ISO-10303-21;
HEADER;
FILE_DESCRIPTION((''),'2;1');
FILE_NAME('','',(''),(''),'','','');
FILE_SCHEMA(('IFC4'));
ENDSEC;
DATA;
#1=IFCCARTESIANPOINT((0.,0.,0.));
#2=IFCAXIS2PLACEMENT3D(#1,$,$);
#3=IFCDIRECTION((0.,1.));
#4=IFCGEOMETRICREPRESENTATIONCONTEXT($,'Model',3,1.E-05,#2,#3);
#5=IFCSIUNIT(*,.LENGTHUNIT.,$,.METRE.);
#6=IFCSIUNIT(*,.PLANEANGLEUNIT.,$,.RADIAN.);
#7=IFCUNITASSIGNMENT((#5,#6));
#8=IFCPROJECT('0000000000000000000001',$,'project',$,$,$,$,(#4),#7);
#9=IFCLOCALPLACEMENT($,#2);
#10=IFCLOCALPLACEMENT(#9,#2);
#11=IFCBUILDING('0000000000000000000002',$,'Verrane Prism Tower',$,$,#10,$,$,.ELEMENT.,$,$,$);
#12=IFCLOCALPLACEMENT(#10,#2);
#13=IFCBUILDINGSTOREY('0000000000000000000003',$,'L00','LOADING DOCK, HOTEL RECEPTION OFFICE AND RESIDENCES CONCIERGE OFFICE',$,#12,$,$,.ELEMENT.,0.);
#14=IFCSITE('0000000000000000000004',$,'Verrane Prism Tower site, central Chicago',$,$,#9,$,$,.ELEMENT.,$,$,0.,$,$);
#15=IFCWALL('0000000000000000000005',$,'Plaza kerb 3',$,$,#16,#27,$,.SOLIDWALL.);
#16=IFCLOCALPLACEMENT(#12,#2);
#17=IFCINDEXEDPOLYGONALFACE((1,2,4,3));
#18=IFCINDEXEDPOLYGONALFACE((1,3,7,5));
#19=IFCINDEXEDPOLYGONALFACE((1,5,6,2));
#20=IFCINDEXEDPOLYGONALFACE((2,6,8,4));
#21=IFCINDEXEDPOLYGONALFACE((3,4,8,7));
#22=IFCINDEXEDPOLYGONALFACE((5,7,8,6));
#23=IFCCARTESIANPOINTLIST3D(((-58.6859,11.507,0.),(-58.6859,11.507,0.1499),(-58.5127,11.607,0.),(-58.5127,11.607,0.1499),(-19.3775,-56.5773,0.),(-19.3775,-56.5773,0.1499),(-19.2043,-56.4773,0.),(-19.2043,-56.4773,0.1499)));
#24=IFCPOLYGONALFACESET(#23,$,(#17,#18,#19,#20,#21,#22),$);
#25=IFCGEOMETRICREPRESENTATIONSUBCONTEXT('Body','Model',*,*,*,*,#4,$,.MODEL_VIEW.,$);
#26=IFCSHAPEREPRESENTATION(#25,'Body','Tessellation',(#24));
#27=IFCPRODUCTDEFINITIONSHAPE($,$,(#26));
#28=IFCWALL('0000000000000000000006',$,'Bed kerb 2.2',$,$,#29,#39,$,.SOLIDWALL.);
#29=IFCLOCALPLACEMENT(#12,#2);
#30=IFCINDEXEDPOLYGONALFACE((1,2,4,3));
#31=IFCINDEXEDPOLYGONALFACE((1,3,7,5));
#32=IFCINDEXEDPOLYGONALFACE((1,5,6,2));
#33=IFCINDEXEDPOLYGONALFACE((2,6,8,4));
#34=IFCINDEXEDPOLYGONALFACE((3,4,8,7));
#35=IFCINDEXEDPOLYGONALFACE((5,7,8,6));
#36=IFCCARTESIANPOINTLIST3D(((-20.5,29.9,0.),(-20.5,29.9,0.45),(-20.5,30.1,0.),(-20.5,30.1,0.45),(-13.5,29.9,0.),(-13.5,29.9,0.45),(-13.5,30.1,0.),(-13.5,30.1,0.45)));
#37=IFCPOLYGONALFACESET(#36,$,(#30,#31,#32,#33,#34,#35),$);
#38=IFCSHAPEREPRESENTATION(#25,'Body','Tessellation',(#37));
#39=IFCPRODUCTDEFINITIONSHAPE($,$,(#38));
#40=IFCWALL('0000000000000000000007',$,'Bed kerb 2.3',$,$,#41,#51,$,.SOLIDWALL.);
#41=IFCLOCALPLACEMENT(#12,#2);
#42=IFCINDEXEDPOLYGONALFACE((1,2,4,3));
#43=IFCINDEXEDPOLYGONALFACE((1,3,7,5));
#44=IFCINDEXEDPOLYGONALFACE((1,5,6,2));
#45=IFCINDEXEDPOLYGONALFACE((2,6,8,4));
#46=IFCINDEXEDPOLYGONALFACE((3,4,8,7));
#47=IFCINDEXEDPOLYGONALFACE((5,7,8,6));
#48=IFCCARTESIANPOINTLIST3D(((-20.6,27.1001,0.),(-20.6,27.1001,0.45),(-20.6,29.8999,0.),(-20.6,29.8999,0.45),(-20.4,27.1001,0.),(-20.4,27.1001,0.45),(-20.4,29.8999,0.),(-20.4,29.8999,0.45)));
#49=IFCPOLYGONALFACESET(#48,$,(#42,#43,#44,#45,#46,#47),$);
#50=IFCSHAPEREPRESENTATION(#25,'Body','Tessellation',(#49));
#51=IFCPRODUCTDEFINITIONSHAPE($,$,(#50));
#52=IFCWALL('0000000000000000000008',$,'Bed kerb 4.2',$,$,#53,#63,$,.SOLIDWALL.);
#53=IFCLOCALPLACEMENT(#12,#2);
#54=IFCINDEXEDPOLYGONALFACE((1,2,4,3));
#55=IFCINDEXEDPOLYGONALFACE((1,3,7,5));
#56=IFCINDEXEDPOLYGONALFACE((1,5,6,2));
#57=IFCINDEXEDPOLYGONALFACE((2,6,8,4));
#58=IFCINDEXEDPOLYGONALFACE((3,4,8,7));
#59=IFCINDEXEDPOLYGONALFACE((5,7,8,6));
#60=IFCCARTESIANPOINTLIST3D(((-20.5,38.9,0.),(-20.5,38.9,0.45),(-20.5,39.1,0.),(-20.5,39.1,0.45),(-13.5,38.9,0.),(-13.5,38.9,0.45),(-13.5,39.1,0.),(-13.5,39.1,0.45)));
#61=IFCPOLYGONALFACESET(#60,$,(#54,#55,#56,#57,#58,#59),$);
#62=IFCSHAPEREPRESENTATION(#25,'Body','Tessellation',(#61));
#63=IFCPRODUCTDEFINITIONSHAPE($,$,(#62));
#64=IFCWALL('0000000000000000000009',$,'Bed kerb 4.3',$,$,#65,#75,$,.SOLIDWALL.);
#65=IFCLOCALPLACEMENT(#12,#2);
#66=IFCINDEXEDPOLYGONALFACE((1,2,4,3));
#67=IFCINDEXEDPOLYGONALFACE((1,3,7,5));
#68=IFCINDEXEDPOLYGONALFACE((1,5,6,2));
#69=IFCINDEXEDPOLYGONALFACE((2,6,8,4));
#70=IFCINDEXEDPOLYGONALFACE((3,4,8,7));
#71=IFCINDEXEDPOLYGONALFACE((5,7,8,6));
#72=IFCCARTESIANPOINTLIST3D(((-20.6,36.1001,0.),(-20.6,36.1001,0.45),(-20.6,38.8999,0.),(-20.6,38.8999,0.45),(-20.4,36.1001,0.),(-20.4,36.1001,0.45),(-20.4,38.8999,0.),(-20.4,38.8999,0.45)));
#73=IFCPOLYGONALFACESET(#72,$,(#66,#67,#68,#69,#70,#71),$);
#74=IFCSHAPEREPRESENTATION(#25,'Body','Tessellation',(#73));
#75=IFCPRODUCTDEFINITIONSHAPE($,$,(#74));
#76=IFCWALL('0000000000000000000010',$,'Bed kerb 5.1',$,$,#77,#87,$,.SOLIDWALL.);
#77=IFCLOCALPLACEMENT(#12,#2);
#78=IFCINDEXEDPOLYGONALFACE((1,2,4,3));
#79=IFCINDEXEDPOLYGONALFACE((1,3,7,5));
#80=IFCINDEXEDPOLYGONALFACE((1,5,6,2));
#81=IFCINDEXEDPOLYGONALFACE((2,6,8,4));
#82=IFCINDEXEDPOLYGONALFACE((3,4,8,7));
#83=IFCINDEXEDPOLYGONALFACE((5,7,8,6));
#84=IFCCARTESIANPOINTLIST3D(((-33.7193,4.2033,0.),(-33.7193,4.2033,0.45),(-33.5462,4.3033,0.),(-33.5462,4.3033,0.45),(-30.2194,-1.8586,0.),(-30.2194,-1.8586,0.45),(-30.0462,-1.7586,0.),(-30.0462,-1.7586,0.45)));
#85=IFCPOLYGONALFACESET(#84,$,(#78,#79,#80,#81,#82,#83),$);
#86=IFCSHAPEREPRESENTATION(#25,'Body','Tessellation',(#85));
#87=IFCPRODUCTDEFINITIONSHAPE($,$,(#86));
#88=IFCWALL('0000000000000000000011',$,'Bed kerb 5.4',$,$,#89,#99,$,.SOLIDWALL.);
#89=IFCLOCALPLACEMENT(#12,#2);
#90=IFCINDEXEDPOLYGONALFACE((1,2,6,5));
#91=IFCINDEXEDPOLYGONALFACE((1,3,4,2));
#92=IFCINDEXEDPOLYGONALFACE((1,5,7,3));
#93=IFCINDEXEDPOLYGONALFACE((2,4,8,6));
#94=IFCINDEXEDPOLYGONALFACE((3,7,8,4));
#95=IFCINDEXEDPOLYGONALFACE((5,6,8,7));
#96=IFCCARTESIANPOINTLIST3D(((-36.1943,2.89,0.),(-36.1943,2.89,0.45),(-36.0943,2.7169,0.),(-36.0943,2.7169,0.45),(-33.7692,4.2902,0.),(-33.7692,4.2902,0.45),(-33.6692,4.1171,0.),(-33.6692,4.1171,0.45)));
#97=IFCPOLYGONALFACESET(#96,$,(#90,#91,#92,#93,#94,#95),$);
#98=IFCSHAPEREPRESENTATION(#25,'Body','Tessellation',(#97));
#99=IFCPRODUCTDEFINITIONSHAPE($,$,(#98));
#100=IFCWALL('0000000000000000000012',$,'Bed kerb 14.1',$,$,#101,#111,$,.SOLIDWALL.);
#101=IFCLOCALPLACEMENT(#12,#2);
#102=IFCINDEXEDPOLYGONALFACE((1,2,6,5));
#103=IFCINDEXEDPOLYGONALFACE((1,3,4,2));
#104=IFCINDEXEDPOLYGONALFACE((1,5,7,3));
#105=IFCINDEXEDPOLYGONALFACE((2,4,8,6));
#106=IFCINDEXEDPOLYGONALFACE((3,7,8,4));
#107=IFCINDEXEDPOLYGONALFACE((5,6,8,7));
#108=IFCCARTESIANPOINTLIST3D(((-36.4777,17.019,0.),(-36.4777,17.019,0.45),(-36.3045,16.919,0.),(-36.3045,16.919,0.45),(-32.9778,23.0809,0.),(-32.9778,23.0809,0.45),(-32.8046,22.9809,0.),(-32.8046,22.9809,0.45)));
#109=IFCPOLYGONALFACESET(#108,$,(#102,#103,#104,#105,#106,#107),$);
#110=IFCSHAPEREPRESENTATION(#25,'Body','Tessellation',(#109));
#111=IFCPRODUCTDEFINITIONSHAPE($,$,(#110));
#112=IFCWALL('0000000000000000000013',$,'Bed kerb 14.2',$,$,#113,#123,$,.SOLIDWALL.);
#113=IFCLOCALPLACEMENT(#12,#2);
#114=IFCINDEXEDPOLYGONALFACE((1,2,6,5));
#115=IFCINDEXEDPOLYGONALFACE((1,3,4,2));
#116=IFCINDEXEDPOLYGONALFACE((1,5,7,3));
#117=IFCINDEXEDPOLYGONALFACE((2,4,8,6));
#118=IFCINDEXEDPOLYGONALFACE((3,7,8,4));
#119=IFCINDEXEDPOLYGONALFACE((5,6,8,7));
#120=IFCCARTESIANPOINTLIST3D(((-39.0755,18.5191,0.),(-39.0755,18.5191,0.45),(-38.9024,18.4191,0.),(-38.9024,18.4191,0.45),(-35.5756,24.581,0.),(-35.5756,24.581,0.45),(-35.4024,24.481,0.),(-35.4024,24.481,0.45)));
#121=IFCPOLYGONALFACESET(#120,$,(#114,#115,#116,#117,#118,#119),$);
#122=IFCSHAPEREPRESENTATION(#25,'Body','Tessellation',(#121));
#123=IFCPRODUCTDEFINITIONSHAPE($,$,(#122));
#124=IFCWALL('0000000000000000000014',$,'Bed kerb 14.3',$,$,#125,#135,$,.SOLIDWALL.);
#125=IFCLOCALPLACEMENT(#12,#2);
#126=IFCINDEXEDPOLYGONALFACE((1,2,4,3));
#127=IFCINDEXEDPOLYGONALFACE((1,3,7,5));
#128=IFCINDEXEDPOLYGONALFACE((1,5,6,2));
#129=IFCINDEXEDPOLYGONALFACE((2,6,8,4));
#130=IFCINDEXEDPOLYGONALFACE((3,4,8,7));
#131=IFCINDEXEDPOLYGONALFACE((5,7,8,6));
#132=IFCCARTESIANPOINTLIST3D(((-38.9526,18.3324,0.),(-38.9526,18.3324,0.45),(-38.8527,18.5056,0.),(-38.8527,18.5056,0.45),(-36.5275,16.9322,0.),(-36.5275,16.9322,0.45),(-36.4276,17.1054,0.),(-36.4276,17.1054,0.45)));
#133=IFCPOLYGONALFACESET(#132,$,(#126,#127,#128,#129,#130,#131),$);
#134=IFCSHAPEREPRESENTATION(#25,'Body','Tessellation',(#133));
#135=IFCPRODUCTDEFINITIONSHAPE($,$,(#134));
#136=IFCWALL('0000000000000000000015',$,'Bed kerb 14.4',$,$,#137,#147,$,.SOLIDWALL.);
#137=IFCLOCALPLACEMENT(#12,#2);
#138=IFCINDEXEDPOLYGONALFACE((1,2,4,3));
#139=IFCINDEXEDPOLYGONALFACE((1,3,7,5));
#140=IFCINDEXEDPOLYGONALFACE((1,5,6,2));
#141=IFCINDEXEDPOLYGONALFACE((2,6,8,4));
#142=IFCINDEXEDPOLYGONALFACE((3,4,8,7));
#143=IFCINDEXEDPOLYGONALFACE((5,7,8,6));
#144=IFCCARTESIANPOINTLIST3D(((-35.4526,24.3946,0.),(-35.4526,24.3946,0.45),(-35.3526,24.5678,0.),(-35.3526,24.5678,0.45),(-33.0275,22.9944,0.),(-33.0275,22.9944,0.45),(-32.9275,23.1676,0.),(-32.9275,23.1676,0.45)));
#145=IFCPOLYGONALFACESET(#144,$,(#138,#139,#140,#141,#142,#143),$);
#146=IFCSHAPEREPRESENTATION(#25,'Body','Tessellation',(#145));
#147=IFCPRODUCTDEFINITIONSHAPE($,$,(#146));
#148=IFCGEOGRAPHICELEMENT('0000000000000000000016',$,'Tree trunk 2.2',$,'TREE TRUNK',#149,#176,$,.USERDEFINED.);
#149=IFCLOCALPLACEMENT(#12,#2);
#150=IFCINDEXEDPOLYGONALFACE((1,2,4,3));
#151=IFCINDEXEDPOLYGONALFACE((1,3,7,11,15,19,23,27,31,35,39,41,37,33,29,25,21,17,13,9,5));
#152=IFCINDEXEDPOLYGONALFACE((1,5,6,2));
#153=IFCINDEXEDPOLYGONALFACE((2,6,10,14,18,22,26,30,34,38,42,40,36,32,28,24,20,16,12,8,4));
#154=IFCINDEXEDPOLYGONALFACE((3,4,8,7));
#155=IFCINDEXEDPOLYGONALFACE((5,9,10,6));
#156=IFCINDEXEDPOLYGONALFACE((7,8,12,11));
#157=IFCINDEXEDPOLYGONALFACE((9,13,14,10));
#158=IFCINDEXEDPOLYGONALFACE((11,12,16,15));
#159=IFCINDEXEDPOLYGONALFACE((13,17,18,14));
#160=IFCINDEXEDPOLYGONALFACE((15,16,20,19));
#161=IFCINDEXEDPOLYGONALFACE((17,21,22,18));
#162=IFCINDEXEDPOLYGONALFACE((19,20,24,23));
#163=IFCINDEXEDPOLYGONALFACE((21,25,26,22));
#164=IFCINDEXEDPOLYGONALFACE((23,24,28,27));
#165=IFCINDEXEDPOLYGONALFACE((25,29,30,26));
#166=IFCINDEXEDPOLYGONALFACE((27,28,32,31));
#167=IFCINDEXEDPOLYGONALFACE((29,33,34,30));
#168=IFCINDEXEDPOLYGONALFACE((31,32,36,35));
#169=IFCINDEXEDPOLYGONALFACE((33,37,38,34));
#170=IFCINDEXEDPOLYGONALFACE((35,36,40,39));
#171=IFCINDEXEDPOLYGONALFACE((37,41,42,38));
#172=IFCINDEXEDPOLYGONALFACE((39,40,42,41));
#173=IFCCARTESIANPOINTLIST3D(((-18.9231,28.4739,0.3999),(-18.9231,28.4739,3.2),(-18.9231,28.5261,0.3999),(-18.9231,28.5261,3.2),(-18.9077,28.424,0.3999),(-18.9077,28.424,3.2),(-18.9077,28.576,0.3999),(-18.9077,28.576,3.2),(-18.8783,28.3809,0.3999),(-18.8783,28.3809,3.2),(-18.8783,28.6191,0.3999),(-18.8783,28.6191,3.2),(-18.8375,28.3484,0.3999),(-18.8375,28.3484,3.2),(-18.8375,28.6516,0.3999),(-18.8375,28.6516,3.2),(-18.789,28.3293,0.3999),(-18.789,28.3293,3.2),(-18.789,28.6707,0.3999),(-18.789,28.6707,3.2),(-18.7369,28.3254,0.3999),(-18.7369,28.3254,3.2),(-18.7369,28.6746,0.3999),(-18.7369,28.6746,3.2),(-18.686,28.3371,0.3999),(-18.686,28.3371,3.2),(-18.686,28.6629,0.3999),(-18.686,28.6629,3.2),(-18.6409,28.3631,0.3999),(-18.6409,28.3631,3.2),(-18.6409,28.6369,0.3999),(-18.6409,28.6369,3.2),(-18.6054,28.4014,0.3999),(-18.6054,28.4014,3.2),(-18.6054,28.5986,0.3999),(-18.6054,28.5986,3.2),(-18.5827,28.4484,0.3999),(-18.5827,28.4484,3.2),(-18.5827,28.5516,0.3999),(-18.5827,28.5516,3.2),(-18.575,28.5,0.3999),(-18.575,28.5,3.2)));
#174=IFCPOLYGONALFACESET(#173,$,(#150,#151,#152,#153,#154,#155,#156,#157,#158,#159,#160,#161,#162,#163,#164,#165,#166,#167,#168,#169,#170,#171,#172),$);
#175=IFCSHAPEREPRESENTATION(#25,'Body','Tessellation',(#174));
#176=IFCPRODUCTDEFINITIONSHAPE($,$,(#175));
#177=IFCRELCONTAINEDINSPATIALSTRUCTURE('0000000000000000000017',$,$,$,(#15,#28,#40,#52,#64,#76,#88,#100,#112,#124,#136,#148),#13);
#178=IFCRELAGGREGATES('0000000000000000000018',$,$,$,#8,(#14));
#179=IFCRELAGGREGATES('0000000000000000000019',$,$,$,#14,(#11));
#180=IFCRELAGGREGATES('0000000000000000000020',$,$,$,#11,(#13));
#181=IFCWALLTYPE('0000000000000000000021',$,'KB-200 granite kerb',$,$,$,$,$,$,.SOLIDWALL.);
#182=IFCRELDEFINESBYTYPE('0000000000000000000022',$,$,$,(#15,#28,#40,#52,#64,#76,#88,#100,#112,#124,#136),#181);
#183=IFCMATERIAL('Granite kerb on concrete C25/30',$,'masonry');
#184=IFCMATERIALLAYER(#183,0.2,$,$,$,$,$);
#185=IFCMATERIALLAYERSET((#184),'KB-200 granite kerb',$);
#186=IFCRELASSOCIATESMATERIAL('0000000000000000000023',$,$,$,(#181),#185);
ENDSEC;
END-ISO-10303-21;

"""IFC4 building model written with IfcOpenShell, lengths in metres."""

from ifc_helpers import new_model, si_unit, direction, frame, frame_2d, origin, origin_2d, place, context, subcontext, project, spatial, rectangle, circle, extrude, material, layer, layer_set, type_object, element, save


model = new_model("IFC4")

# Units and contexts
model_context = context("Model", 3, precision=1e-05, world=origin(), true_north=direction((0.0, 1.0)))
body_context = subcontext(model_context, "Body", "Model", "MODEL_VIEW")
ifc_project = project(units=[si_unit("LENGTHUNIT", "METRE"), si_unit("PLANEANGLEUNIT", "RADIAN")], contexts=[model_context])

# Site, building, storey
site_placement = place(None, origin())
site = spatial("IfcSite", under=ifc_project, at=site_placement, Name="Verrane Prism Tower site, central Chicago", CompositionType="ELEMENT", RefElevation=0.0)
building_placement = place(site_placement, origin())
building = spatial("IfcBuilding", under=site, at=building_placement, Name="Verrane Prism Tower", CompositionType="ELEMENT")
storey_placement = place(building_placement, origin())
storey = spatial("IfcBuildingStorey", under=building, at=storey_placement, Name="L00", Description="LOADING DOCK, HOTEL RECEPTION OFFICE AND RESIDENCES CONCIERGE OFFICE", CompositionType="ELEMENT", Elevation=0.0)

# Walls
ifc_material_1 = material(Name="Granite kerb on concrete C25/30", Category="masonry")
ifc_layer_1 = layer(ifc_material_1, 0.2)
ifc_layer_set_1 = layer_set([ifc_layer_1], Name="KB-200 granite kerb")
wall_type_1 = type_object("IfcWallType", Name="KB-200 granite kerb", PredefinedType="SOLIDWALL", material=ifc_layer_set_1)
wall_1_placement = place(storey_placement, frame((-58.5994, 11.5571, 0.0), z_axis=(0.0, 0.0, 1.0), x_axis=(0.499999, -0.866026, 0.0)))
element("IfcWall", 1, at=wall_1_placement, inside=storey, type_object=wall_type_1, Name="Plaza kerb 3", PredefinedType="SOLIDWALL", context=body_context, shape_type="SweptSolid", body=[
    extrude(rectangle(XDim=78.6169, YDim=0.2, at=frame_2d((39.3086, 0.0))), origin(), (0.0, 0.0, 1.0), 0.1499),
])
wall_2_placement = place(storey_placement, frame((-20.5, 30.0, 0.0), z_axis=(0.0, 0.0, 1.0), x_axis=(1.0, 0.0, 0.0)))
element("IfcWall", 2, at=wall_2_placement, inside=storey, type_object=wall_type_1, Name="Bed kerb 2.2", PredefinedType="SOLIDWALL", context=body_context, shape_type="SweptSolid", body=[
    extrude(rectangle(XDim=7.0, YDim=0.2, at=frame_2d((3.5, 0.0))), origin(), (0.0, 0.0, 1.0), 0.45),
])
wall_3_placement = place(storey_placement, frame((-20.5, 27.1001, 0.0), z_axis=(0.0, 0.0, 1.0), x_axis=(0.0, 1.0, 0.0)))
element("IfcWall", 3, at=wall_3_placement, inside=storey, type_object=wall_type_1, Name="Bed kerb 2.3", PredefinedType="SOLIDWALL", context=body_context, shape_type="SweptSolid", body=[
    extrude(rectangle(XDim=2.7998, YDim=0.2, at=frame_2d((1.3999, 0.0))), origin(), (0.0, 0.0, 1.0), 0.45),
])
wall_4_placement = place(storey_placement, frame((-20.5, 39.0, 0.0), z_axis=(0.0, 0.0, 1.0), x_axis=(1.0, 0.0, 0.0)))
element("IfcWall", 4, at=wall_4_placement, inside=storey, type_object=wall_type_1, Name="Bed kerb 4.2", PredefinedType="SOLIDWALL", context=body_context, shape_type="SweptSolid", body=[
    extrude(rectangle(XDim=7.0, YDim=0.2, at=frame_2d((3.5, 0.0))), origin(), (0.0, 0.0, 1.0), 0.45),
])
wall_5_placement = place(storey_placement, frame((-20.5, 36.1001, 0.0), z_axis=(0.0, 0.0, 1.0), x_axis=(0.0, 1.0, 0.0)))
element("IfcWall", 5, at=wall_5_placement, inside=storey, type_object=wall_type_1, Name="Bed kerb 4.3", PredefinedType="SOLIDWALL", context=body_context, shape_type="SweptSolid", body=[
    extrude(rectangle(XDim=2.7998, YDim=0.2, at=frame_2d((1.3999, 0.0))), origin(), (0.0, 0.0, 1.0), 0.45),
])
wall_6_placement = place(storey_placement, frame((-33.6328, 4.2534, 0.0), z_axis=(0.0, 0.0, 1.0), x_axis=(0.50001, -0.866019, 0.0)))
element("IfcWall", 6, at=wall_6_placement, inside=storey, type_object=wall_type_1, Name="Bed kerb 5.1", PredefinedType="SOLIDWALL", context=body_context, shape_type="SweptSolid", body=[
    extrude(rectangle(XDim=6.9998, YDim=0.2, at=frame_2d((3.5, 0.0))), origin(), (0.0, 0.0, 1.0), 0.45),
])
wall_7_placement = place(storey_placement, frame((-36.1443, 2.8035, 0.0), z_axis=(0.0, 0.0, 1.0), x_axis=(0.866019, 0.500012, 0.0)))
element("IfcWall", 7, at=wall_7_placement, inside=storey, type_object=wall_type_1, Name="Bed kerb 5.4", PredefinedType="SOLIDWALL", context=body_context, shape_type="SweptSolid", body=[
    extrude(rectangle(XDim=2.8003, YDim=0.2, at=frame_2d((1.4001, 0.0))), origin(), (0.0, 0.0, 1.0), 0.45),
])
for number, where, z_axis, x_axis, name in (
    (8, (-32.8911, 23.031, 0.0), (0.0, 0.0, 1.0), (-0.50001, -0.866019, 0.0), "Bed kerb 14.1"),
    (9, (-38.989, 18.469, 0.0), (0.0, 0.0, 1.0), (0.50001, 0.866019, 0.0), "Bed kerb 14.2"),
):
    element("IfcWall", number, at=place(storey_placement, frame(where, z_axis=z_axis, x_axis=x_axis)), inside=storey, type_object=wall_type_1, Name=name, PredefinedType="SOLIDWALL", context=body_context, shape_type="SweptSolid", body=[
        extrude(rectangle(XDim=6.9998, YDim=0.2, at=frame_2d((3.5, 0.0))), origin(), (0.0, 0.0, 1.0), 0.45),
    ])
for number, where, z_axis, x_axis, name in (
    (10, (-36.4775, 17.0188, 0.0), (0.0, 0.0, 1.0), (-0.866019, 0.500012, 0.0), "Bed kerb 14.3"),
    (11, (-35.4026, 24.4812, 0.0), (0.0, 0.0, 1.0), (0.866019, -0.500012, 0.0), "Bed kerb 14.4"),
):
    element("IfcWall", number, at=place(storey_placement, frame(where, z_axis=z_axis, x_axis=x_axis)), inside=storey, type_object=wall_type_1, Name=name, PredefinedType="SOLIDWALL", context=body_context, shape_type="SweptSolid", body=[
        extrude(rectangle(XDim=2.8003, YDim=0.2, at=frame_2d((1.4001, 0.0))), origin(), (0.0, 0.0, 1.0), 0.45),
    ])

# Geographic element
geographic_element_1_placement = place(storey_placement, frame((-18.75, 28.5, 3.2), z_axis=(0.0, 0.0, -1.0), x_axis=(1.0, 0.0, 0.0)))
element("IfcGeographicElement", 12, at=geographic_element_1_placement, inside=storey, Name="Tree trunk 2.2", ObjectType="TREE TRUNK", PredefinedType="USERDEFINED", context=body_context, shape_type="SweptSolid", body=[
    extrude(circle(Radius=0.175, at=origin_2d()), origin(), (0.0, 0.0, 1.0), 2.8),
])

save(model, "model.ifc")
